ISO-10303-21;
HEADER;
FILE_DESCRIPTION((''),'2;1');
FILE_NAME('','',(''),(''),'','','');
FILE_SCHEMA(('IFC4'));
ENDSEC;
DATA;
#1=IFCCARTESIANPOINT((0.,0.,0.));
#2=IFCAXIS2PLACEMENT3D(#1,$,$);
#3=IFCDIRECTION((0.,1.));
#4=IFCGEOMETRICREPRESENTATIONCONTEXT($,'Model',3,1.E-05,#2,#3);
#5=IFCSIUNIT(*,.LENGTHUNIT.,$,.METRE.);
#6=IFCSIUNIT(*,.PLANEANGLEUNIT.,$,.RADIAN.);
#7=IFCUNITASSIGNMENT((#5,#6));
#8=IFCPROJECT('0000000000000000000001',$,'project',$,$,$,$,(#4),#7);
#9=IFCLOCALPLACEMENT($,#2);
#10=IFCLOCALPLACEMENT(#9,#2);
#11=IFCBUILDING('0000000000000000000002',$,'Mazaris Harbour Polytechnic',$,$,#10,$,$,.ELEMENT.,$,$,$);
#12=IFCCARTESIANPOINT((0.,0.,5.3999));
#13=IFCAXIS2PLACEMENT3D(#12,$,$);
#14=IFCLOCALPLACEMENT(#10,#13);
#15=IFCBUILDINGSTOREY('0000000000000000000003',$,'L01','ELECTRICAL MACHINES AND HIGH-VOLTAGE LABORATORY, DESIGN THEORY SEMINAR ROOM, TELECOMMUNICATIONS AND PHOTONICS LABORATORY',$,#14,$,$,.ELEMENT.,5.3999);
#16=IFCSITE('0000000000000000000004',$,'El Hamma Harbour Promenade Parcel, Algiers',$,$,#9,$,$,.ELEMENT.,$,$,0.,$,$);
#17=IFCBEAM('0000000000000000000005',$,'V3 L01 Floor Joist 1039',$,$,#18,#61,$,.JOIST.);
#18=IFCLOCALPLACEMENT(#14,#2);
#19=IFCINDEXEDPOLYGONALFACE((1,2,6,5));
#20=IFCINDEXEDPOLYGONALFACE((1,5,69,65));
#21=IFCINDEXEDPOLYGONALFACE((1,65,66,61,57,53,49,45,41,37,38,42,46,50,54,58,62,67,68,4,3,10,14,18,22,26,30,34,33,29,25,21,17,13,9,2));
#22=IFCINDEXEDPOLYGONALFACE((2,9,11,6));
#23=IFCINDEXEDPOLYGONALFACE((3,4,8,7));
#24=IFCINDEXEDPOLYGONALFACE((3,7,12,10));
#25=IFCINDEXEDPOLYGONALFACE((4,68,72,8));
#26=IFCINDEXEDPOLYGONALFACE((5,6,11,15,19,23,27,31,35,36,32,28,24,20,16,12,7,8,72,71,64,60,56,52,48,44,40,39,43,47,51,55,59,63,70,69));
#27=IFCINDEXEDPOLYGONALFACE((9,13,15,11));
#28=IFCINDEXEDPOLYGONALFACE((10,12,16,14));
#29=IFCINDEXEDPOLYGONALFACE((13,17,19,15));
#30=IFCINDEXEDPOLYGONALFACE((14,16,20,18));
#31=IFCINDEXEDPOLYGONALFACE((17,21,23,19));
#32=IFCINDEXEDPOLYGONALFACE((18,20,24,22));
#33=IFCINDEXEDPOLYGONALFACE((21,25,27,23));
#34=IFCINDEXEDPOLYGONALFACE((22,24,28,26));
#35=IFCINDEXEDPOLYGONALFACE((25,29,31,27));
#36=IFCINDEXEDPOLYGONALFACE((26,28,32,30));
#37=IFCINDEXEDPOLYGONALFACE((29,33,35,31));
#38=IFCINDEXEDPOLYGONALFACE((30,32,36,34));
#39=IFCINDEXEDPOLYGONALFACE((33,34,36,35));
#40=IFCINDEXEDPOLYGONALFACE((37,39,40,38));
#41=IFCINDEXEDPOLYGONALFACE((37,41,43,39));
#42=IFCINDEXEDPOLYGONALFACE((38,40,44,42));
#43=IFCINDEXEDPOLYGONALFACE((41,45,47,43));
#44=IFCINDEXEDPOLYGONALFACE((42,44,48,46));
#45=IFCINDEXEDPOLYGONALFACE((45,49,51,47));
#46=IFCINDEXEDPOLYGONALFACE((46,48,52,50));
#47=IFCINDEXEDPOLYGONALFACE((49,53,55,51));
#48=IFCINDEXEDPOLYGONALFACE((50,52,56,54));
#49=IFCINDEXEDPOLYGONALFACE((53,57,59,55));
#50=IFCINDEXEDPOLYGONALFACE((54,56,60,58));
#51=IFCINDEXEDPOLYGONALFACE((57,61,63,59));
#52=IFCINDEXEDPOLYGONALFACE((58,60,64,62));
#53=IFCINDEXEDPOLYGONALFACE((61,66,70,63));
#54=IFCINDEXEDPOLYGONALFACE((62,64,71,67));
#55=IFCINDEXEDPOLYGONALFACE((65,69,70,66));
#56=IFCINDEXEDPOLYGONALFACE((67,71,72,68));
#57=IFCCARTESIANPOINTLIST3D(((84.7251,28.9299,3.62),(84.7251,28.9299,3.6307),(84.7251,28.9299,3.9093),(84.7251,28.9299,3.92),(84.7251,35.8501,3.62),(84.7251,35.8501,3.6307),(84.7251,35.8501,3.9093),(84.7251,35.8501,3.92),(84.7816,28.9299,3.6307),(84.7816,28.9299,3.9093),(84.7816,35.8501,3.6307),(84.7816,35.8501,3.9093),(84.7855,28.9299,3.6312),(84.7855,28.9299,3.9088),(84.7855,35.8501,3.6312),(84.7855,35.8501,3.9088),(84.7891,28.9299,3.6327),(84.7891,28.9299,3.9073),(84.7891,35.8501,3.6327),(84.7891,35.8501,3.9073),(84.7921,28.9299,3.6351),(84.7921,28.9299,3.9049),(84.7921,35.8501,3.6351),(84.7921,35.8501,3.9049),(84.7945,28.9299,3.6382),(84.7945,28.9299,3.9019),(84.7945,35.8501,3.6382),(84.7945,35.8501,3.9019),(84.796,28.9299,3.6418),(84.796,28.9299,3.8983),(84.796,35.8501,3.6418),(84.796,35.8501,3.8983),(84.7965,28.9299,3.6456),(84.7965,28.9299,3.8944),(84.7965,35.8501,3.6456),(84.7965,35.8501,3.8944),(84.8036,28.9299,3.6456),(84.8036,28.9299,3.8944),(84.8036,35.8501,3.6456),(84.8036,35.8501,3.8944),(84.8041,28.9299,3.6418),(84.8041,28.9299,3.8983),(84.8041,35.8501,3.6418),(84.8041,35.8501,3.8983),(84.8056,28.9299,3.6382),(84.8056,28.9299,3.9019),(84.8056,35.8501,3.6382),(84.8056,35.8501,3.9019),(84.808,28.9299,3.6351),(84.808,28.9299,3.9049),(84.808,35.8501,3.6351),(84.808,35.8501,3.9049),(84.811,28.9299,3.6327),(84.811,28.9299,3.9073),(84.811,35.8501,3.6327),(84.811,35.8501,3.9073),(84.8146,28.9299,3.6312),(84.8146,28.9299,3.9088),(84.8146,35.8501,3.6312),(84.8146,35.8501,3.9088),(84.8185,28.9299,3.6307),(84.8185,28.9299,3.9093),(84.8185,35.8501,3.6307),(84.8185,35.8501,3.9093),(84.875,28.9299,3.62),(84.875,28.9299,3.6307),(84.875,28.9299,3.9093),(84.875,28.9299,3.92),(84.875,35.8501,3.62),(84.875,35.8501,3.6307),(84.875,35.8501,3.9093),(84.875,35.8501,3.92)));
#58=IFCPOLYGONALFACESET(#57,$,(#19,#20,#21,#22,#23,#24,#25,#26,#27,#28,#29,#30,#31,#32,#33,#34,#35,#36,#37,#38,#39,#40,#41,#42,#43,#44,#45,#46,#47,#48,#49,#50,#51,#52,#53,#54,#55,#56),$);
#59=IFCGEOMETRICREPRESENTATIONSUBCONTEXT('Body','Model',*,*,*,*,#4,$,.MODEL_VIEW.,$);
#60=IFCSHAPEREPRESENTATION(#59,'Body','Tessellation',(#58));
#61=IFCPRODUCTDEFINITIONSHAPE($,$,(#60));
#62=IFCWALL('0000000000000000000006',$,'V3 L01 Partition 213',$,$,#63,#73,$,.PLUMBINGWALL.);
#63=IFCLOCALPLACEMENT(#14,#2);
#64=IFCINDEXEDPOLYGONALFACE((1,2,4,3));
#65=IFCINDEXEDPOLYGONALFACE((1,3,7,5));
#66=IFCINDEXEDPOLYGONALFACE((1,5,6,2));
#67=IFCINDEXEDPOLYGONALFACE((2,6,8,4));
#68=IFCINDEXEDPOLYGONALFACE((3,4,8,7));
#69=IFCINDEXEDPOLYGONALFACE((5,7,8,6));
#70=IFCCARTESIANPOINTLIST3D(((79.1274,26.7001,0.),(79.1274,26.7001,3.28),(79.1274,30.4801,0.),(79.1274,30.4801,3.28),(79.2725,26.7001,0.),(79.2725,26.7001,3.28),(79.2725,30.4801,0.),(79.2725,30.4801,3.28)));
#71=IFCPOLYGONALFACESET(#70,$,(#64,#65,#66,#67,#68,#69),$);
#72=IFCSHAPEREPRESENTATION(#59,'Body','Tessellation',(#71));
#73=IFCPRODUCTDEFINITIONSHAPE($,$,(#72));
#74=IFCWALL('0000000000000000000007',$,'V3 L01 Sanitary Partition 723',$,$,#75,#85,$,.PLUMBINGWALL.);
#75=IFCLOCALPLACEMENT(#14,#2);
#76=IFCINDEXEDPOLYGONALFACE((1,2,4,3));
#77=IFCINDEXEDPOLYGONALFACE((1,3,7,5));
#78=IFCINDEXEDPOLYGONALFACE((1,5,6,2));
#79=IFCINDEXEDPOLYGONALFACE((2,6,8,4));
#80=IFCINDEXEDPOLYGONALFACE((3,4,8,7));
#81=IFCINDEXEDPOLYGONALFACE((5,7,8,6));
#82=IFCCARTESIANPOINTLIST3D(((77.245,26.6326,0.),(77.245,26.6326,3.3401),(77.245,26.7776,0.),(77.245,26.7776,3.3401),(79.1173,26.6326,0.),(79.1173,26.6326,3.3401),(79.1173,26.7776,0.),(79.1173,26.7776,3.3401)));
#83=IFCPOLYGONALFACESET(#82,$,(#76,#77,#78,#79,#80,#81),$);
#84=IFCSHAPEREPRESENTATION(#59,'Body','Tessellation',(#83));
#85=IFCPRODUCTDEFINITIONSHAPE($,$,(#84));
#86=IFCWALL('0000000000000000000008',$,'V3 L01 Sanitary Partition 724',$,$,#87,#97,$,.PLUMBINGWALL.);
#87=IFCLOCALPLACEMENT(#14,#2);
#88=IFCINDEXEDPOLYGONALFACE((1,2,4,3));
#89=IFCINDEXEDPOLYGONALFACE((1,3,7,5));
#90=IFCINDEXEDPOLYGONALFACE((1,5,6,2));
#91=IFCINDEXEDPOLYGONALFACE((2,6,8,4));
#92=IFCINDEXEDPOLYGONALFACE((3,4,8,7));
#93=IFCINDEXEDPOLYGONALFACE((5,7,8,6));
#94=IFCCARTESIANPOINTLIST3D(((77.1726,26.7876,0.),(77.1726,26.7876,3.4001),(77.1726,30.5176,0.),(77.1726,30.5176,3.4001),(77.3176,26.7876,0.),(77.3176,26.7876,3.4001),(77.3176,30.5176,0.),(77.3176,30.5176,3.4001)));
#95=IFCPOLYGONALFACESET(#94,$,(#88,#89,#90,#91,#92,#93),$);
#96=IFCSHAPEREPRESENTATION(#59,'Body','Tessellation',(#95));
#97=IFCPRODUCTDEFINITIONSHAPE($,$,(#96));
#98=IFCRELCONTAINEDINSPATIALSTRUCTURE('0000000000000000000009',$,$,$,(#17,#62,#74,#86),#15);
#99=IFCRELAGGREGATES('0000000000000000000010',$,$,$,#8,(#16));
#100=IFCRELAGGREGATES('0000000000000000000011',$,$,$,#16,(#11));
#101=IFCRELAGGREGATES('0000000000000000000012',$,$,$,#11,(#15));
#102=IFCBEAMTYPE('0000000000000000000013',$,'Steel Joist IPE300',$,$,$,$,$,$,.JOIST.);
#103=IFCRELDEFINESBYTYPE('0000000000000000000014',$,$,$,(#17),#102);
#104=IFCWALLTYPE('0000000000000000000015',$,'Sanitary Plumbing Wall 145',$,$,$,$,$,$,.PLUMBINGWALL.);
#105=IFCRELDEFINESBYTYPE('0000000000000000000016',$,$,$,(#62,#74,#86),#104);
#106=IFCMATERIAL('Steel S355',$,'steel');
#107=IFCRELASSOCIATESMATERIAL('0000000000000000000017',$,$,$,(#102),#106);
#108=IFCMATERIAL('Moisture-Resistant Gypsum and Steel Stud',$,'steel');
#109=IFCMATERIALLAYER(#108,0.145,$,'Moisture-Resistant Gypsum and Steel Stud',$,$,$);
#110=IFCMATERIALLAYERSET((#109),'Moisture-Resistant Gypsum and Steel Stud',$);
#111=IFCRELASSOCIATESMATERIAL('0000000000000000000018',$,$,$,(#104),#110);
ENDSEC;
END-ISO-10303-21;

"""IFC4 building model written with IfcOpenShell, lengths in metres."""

from ifc_helpers import new_model, si_unit, direction, frame, frame_2d, origin, origin_2d, place, context, subcontext, project, spatial, rectangle, i_section, extrude, material, layer, layer_set, material_profile, profile_set, type_object, element, save


model = new_model("IFC4")

# Units and contexts
model_context = context("Model", 3, precision=1e-05, world=origin(), true_north=direction((0.0, 1.0)))
body_context = subcontext(model_context, "Body", "Model", "MODEL_VIEW")
ifc_project = project(units=[si_unit("LENGTHUNIT", "METRE"), si_unit("PLANEANGLEUNIT", "RADIAN")], contexts=[model_context])

# Site, building, storey
site_placement = place(None, origin())
site = spatial("IfcSite", under=ifc_project, at=site_placement, Name="El Hamma Harbour Promenade Parcel, Algiers", CompositionType="ELEMENT", RefElevation=0.0)
building_placement = place(site_placement, origin())
building = spatial("IfcBuilding", under=site, at=building_placement, Name="Mazaris Harbour Polytechnic", CompositionType="ELEMENT")
storey_placement = place(building_placement, frame((0.0, 0.0, 5.3999)))
storey = spatial("IfcBuildingStorey", under=building, at=storey_placement, Name="L01", Description="ELECTRICAL MACHINES AND HIGH-VOLTAGE LABORATORY, DESIGN THEORY SEMINAR ROOM, TELECOMMUNICATIONS AND PHOTONICS LABORATORY", CompositionType="ELEMENT", Elevation=5.3999)

# Beam
ifc_material_1 = material(Name="Steel S355", Category="steel")
ifc_material_profile_1 = material_profile(ifc_material_1, i_section(OverallWidth=0.1499, OverallDepth=0.3, WebThickness=0.0071, FlangeThickness=0.0107, FilletRadius=0.0149, at=origin_2d()), Name="IPE 300")
ifc_profile_set_1 = profile_set([ifc_material_profile_1], Name="Steel S355")
beam_type_1 = type_object("IfcBeamType", Name="Steel Joist IPE300", PredefinedType="JOIST", material=ifc_profile_set_1)
beam_1_placement = place(storey_placement, frame((84.8, 28.9299, 3.77), z_axis=(0.0, 1.0, 0.0), x_axis=(-1.0, 0.0, 0.0)))
element("IfcBeam", 1, at=beam_1_placement, inside=storey, type_object=beam_type_1, Name="V3 L01 Floor Joist 1039", PredefinedType="JOIST", context=body_context, shape_type="SweptSolid", body=[
    extrude(i_section(OverallWidth=0.1499, OverallDepth=0.3, WebThickness=0.0071, FlangeThickness=0.0107, FilletRadius=0.0149, at=origin_2d()), origin(), (0.0, 0.0, 1.0), 6.9202),
])

# Walls
ifc_material_2 = material(Name="Moisture-Resistant Gypsum and Steel Stud", Category="steel")
ifc_layer = layer(ifc_material_2, 0.145, Name="Moisture-Resistant Gypsum and Steel Stud")
ifc_layer_set = layer_set([ifc_layer], Name="Moisture-Resistant Gypsum and Steel Stud")
wall_type = type_object("IfcWallType", Name="Sanitary Plumbing Wall 145", PredefinedType="PLUMBINGWALL", material=ifc_layer_set)
wall_1_placement = place(storey_placement, frame((79.2, 26.7, 0.0), z_axis=(0.0, 0.0, 1.0), x_axis=(0.0, 1.0, 0.0)))
element("IfcWall", 2, at=wall_1_placement, inside=storey, type_object=wall_type, Name="V3 L01 Partition 213", PredefinedType="PLUMBINGWALL", context=body_context, shape_type="SweptSolid", body=[
    extrude(rectangle(XDim=3.78, YDim=0.145, at=frame_2d((1.8901, 0.0))), origin(), (0.0, 0.0, 1.0), 3.28),
])
wall_2_placement = place(storey_placement, frame((77.2451, 26.7051, 0.0), z_axis=(0.0, 0.0, 1.0), x_axis=(1.0, 0.0, 0.0)))
element("IfcWall", 3, at=wall_2_placement, inside=storey, type_object=wall_type, Name="V3 L01 Sanitary Partition 723", PredefinedType="PLUMBINGWALL", context=body_context, shape_type="SweptSolid", body=[
    extrude(rectangle(XDim=1.8723, YDim=0.145, at=frame_2d((0.936, 0.0))), origin(), (0.0, 0.0, 1.0), 3.3401),
])
wall_3_placement = place(storey_placement, frame((77.2451, 26.7876, 0.0), z_axis=(0.0, 0.0, 1.0), x_axis=(0.0, 1.0, 0.0)))
element("IfcWall", 4, at=wall_3_placement, inside=storey, type_object=wall_type, Name="V3 L01 Sanitary Partition 724", PredefinedType="PLUMBINGWALL", context=body_context, shape_type="SweptSolid", body=[
    extrude(rectangle(XDim=3.73, YDim=0.145, at=frame_2d((1.865, 0.0))), origin(), (0.0, 0.0, 1.0), 3.4001),
])

save(model, "model.ifc")
